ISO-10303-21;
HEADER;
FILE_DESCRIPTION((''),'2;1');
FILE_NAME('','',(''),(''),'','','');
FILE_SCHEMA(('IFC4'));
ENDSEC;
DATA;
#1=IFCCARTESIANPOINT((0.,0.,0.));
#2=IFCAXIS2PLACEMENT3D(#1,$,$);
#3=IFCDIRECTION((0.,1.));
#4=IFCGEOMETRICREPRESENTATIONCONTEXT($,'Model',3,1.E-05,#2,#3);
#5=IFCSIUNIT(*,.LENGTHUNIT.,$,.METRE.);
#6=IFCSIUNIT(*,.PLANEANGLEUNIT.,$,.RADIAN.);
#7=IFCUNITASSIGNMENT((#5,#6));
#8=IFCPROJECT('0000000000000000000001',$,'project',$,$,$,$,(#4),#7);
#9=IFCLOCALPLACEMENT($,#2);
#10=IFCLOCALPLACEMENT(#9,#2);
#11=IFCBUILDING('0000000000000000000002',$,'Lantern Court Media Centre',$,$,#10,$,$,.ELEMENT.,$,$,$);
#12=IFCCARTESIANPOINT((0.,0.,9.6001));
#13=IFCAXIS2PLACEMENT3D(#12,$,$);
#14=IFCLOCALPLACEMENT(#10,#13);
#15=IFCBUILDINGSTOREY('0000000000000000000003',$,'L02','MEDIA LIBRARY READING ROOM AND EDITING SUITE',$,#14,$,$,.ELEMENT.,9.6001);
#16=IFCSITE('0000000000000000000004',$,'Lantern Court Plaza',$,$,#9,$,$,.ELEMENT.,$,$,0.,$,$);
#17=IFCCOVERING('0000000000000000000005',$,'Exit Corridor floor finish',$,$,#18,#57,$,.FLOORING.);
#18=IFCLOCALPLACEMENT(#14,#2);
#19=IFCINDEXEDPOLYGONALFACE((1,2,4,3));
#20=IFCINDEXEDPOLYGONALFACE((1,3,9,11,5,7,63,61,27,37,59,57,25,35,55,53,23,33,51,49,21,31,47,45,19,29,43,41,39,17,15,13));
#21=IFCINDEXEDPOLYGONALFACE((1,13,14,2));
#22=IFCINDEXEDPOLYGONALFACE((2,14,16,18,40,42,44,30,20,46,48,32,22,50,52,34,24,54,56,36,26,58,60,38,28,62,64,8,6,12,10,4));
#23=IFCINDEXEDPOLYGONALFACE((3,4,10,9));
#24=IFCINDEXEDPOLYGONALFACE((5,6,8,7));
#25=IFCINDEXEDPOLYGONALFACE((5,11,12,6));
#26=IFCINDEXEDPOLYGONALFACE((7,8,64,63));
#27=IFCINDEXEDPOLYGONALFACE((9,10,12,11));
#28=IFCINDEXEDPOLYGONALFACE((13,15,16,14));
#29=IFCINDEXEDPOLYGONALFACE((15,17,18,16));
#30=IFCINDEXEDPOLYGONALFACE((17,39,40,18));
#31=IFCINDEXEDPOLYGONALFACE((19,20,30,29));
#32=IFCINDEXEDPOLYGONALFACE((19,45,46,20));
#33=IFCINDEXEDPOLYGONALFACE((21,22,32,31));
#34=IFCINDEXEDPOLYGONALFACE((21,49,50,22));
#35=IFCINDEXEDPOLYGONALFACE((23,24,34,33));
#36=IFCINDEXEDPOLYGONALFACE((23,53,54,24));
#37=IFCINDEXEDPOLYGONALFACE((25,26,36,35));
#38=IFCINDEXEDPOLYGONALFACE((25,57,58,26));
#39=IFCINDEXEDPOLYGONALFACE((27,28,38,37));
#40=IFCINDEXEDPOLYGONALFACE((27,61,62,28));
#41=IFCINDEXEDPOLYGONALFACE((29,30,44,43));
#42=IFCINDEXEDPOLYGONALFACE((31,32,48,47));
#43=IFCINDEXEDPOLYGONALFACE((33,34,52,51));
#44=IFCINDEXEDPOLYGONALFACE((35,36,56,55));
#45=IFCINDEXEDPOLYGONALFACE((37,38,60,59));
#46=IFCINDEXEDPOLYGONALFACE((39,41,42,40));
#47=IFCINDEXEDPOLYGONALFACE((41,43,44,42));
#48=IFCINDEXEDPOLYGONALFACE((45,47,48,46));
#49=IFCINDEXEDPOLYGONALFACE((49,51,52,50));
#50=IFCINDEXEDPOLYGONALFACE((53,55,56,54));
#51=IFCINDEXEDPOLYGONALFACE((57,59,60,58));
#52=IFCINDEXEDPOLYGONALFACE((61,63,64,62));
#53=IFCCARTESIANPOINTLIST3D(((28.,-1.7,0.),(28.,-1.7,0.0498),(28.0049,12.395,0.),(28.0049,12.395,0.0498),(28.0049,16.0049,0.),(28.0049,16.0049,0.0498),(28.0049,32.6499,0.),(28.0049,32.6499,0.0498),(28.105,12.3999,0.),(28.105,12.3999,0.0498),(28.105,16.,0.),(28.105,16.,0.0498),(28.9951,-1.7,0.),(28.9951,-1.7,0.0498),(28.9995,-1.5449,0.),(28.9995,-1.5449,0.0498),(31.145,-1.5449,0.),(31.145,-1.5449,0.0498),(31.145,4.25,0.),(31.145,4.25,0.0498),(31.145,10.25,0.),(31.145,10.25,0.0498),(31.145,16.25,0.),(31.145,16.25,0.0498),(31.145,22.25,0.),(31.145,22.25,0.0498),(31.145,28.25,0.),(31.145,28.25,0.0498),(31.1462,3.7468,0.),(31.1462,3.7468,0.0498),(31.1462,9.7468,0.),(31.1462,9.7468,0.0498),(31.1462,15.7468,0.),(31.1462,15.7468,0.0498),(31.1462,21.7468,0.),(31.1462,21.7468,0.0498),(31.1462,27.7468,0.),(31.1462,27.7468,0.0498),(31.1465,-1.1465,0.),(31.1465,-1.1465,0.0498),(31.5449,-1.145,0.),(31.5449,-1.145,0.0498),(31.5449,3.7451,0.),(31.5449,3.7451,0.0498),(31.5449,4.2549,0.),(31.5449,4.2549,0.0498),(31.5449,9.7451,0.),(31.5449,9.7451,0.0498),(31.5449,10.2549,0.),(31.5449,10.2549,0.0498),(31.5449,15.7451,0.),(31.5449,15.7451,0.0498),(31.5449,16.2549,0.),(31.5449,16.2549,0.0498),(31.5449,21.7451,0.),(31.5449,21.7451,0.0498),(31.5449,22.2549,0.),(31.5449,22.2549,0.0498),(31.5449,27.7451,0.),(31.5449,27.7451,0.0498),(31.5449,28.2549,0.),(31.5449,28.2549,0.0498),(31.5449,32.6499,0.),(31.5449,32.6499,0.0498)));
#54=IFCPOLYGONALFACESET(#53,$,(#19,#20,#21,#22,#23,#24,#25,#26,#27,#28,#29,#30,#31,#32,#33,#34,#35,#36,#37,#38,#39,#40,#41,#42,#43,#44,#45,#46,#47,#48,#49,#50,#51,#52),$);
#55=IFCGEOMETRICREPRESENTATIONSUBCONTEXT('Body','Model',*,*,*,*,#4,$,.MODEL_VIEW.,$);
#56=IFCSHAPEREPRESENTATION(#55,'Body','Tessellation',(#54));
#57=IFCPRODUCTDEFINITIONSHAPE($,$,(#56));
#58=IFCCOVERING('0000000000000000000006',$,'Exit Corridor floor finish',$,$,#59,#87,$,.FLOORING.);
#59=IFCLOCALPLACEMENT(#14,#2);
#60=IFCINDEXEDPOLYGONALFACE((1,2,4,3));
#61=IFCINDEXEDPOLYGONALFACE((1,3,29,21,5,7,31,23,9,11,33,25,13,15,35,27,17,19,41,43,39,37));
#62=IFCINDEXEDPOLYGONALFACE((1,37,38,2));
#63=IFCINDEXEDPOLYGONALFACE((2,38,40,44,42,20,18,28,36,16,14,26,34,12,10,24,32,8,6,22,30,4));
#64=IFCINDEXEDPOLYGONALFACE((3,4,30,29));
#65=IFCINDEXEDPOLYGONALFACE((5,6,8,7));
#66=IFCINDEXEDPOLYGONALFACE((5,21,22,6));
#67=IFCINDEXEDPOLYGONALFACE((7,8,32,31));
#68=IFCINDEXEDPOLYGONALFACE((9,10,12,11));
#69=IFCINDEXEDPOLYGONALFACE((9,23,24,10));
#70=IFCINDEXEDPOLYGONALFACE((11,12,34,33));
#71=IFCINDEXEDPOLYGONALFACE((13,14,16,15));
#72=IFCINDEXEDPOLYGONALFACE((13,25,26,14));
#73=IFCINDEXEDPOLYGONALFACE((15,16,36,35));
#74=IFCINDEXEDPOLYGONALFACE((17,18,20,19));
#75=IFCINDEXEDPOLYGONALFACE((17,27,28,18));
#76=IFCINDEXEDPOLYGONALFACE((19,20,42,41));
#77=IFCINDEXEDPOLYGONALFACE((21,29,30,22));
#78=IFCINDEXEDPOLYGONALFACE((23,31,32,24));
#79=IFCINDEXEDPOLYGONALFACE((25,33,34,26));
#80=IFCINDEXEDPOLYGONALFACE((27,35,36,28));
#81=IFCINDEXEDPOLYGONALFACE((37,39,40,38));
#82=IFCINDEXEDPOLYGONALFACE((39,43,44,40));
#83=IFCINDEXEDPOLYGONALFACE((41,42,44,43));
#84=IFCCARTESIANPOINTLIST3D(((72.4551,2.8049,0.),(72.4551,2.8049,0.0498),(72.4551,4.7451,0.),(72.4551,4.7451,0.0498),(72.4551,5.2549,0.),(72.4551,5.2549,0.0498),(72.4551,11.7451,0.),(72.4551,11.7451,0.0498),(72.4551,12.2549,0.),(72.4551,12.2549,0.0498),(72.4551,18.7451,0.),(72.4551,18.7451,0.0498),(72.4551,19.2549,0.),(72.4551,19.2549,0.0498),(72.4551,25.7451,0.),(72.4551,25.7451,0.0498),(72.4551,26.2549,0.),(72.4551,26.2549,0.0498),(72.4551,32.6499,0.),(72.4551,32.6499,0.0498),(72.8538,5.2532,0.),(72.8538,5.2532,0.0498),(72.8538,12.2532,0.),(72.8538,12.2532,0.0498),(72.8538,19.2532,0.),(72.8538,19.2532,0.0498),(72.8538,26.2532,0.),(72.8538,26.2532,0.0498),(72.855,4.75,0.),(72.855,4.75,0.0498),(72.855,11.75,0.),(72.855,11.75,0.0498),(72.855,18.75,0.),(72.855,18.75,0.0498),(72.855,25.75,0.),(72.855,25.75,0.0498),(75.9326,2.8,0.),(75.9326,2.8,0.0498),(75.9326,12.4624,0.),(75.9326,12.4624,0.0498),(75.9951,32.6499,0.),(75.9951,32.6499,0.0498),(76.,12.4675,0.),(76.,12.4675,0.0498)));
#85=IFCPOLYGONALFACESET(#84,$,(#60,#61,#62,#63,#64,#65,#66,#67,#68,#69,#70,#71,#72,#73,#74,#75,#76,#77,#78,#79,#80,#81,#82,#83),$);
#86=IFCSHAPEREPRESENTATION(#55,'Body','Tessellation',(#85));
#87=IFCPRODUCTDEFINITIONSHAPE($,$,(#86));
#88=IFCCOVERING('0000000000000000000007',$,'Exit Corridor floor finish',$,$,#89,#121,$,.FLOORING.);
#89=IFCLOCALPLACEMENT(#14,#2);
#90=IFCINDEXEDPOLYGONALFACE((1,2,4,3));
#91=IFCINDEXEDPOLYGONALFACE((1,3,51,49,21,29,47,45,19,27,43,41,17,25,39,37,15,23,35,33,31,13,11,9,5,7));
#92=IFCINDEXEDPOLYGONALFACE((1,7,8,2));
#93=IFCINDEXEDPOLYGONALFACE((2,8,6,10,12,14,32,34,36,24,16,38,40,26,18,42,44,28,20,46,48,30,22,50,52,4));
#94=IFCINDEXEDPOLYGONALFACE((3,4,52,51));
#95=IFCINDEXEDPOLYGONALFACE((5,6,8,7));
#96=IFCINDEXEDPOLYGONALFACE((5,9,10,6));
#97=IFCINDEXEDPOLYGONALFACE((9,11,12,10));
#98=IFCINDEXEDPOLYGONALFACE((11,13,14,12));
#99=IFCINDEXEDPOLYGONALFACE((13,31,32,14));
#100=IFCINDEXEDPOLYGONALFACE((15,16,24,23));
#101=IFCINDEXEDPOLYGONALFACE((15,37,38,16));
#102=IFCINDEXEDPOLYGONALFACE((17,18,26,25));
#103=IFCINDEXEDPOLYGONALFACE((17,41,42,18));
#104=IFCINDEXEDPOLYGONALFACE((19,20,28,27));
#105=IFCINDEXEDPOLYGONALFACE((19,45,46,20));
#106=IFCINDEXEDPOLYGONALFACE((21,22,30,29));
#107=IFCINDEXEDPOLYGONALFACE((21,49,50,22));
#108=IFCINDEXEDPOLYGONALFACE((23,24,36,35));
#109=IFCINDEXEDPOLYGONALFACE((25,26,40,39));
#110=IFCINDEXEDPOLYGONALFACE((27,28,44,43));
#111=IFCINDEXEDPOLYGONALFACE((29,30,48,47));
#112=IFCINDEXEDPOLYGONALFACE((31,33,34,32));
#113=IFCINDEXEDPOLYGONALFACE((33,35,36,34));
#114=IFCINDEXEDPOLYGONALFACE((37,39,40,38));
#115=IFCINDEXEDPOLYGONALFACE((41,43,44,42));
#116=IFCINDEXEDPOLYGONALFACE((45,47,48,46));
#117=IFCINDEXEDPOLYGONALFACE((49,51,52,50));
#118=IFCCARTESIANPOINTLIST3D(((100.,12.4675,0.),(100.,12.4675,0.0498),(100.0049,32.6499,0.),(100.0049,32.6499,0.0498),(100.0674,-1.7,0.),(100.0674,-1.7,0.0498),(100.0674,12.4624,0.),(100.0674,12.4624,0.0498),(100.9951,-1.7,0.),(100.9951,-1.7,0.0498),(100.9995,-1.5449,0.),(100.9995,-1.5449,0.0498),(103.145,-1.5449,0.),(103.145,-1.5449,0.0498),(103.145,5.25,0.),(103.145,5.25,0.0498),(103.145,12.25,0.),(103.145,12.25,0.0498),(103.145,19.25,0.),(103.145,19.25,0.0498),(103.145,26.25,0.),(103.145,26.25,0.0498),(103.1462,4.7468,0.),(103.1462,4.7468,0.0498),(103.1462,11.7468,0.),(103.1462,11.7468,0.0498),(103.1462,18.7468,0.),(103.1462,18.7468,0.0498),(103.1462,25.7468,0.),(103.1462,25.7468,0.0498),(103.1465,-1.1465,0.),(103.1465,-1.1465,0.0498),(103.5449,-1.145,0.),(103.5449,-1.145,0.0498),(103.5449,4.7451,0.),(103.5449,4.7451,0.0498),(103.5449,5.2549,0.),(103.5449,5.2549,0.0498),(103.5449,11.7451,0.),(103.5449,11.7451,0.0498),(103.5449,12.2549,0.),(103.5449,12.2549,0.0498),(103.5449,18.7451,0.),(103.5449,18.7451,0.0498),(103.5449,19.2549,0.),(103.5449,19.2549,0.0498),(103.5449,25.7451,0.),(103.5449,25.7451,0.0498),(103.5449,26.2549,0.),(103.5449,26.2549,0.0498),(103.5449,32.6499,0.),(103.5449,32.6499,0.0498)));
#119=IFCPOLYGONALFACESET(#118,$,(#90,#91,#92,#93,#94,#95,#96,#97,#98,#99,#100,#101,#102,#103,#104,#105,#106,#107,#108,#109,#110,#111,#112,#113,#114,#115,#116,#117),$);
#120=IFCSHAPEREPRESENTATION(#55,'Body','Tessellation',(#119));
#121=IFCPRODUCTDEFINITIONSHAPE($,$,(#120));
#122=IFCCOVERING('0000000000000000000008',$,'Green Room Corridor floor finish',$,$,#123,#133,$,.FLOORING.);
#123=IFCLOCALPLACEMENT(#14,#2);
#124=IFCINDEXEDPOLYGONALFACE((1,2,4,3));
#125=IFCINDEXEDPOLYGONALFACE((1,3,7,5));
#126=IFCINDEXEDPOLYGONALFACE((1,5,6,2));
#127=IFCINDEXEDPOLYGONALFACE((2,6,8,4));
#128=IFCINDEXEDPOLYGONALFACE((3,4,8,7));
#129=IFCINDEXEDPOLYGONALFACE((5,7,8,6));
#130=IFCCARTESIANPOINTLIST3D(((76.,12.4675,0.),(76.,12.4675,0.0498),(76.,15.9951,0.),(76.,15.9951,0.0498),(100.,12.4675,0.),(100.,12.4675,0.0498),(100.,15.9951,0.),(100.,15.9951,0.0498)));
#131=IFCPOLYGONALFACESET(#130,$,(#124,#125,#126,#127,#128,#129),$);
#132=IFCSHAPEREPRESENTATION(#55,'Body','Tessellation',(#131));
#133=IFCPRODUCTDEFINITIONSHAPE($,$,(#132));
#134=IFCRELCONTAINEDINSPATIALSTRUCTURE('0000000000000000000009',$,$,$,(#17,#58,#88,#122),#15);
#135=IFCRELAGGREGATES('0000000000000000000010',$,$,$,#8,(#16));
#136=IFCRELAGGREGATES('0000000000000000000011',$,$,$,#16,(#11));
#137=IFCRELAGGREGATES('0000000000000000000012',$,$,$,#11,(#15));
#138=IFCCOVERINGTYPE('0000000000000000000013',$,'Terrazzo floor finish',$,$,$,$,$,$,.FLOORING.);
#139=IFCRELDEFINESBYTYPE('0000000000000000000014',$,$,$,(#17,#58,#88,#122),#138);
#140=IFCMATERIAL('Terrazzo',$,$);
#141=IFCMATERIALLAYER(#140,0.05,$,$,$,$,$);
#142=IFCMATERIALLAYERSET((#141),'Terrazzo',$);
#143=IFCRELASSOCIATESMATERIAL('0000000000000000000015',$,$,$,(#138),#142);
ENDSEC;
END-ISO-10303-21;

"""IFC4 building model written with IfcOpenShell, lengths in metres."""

from ifc_helpers import new_model, si_unit, direction, frame, origin, place, context, subcontext, project, spatial, polyline, outline, extrude, material, layer, layer_set, type_object, element, save


model = new_model("IFC4")

# Units and contexts
model_context = context("Model", 3, precision=1e-05, world=origin(), true_north=direction((0.0, 1.0)))
body_context = subcontext(model_context, "Body", "Model", "MODEL_VIEW")
ifc_project = project(units=[si_unit("LENGTHUNIT", "METRE"), si_unit("PLANEANGLEUNIT", "RADIAN")], contexts=[model_context])

# Site, building, storey
site_placement = place(None, origin())
site = spatial("IfcSite", under=ifc_project, at=site_placement, Name="Lantern Court Plaza", CompositionType="ELEMENT", RefElevation=0.0)
building_placement = place(site_placement, origin())
building = spatial("IfcBuilding", under=site, at=building_placement, Name="Lantern Court Media Centre", CompositionType="ELEMENT")
storey_placement = place(building_placement, frame((0.0, 0.0, 9.6001)))
storey = spatial("IfcBuildingStorey", under=building, at=storey_placement, Name="L02", Description="MEDIA LIBRARY READING ROOM AND EDITING SUITE", CompositionType="ELEMENT", Elevation=9.6001)

# Coverings
ifc_material_1 = material(Name="Terrazzo")
ifc_layer_1 = layer(ifc_material_1, 0.05)
ifc_layer_set_1 = layer_set([ifc_layer_1], Name="Terrazzo")
covering_type_1 = type_object("IfcCoveringType", Name="Terrazzo floor finish", PredefinedType="FLOORING", material=ifc_layer_set_1)
covering_1_placement = place(storey_placement, origin())
element("IfcCovering", 1, at=covering_1_placement, inside=storey, type_object=covering_type_1, Name="Exit Corridor floor finish", PredefinedType="FLOORING", context=body_context, shape_type="SweptSolid", body=[
    extrude(outline(polyline([(31.5449, 32.6499), (31.5449, 28.2549), (31.145, 28.25), (31.1462, 27.7468), (31.5449, 27.7451), (31.5449, 22.2549), (31.145, 22.25), (31.1462, 21.7468), (31.5449, 21.7451), (31.5449, 16.2549), (31.145, 16.25), (31.1462, 15.7468), (31.5449, 15.7451), (31.5449, 10.2549), (31.145, 10.25), (31.1462, 9.7468), (31.5449, 9.7451), (31.5449, 4.2549), (31.145, 4.25), (31.1462, 3.7468), (31.5449, 3.7451), (31.5449, -1.145), (31.1465, -1.1465), (31.145, -1.5449), (28.9995, -1.5449), (28.9951, -1.7), (28.0, -1.7), (28.0049, 12.395), (28.105, 12.3999), (28.105, 16.0), (28.0049, 16.0049), (28.0049, 32.6499), (31.5449, 32.6499)])), origin(), (0.0, 0.0, 1.0), 0.0498),
])
covering_2_placement = place(storey_placement, origin())
element("IfcCovering", 2, at=covering_2_placement, inside=storey, type_object=covering_type_1, Name="Exit Corridor floor finish", PredefinedType="FLOORING", context=body_context, shape_type="SweptSolid", body=[
    extrude(outline(polyline([(76.0, 12.4675), (75.9326, 12.4624), (75.9326, 2.8), (72.4551, 2.8049), (72.4551, 4.7451), (72.855, 4.75), (72.8538, 5.2532), (72.4551, 5.2549), (72.4551, 11.7451), (72.855, 11.75), (72.8538, 12.2532), (72.4551, 12.2549), (72.4551, 18.7451), (72.855, 18.75), (72.8538, 19.2532), (72.4551, 19.2549), (72.4551, 25.7451), (72.855, 25.75), (72.8538, 26.2532), (72.4551, 26.2549), (72.4551, 32.6499), (75.9951, 32.6499), (76.0, 12.4675)])), origin(), (0.0, 0.0, 1.0), 0.0498),
])
covering_3_placement = place(storey_placement, origin())
element("IfcCovering", 3, at=covering_3_placement, inside=storey, type_object=covering_type_1, Name="Exit Corridor floor finish", PredefinedType="FLOORING", context=body_context, shape_type="SweptSolid", body=[
    extrude(outline(polyline([(103.5449, 32.6499), (103.5449, 26.2549), (103.145, 26.25), (103.1462, 25.7468), (103.5449, 25.7451), (103.5449, 19.2549), (103.145, 19.25), (103.1462, 18.7468), (103.5449, 18.7451), (103.5449, 12.2549), (103.145, 12.25), (103.1462, 11.7468), (103.5449, 11.7451), (103.5449, 5.2549), (103.145, 5.25), (103.1462, 4.7468), (103.5449, 4.7451), (103.5449, -1.145), (103.1465, -1.1465), (103.145, -1.5449), (100.9995, -1.5449), (100.9951, -1.7), (100.0674, -1.7), (100.0674, 12.4624), (100.0, 12.4675), (100.0049, 32.6499), (103.5449, 32.6499)])), origin(), (0.0, 0.0, 1.0), 0.0498),
])
covering_4_placement = place(storey_placement, origin())
element("IfcCovering", 4, at=covering_4_placement, inside=storey, type_object=covering_type_1, Name="Green Room Corridor floor finish", PredefinedType="FLOORING", context=body_context, shape_type="SweptSolid", body=[
    extrude(outline(polyline([(100.0, 12.4675), (76.0, 12.4675), (76.0, 15.9951), (100.0, 15.9951), (100.0, 12.4675)])), origin(), (0.0, 0.0, 1.0), 0.0498),
])

save(model, "model.ifc")
